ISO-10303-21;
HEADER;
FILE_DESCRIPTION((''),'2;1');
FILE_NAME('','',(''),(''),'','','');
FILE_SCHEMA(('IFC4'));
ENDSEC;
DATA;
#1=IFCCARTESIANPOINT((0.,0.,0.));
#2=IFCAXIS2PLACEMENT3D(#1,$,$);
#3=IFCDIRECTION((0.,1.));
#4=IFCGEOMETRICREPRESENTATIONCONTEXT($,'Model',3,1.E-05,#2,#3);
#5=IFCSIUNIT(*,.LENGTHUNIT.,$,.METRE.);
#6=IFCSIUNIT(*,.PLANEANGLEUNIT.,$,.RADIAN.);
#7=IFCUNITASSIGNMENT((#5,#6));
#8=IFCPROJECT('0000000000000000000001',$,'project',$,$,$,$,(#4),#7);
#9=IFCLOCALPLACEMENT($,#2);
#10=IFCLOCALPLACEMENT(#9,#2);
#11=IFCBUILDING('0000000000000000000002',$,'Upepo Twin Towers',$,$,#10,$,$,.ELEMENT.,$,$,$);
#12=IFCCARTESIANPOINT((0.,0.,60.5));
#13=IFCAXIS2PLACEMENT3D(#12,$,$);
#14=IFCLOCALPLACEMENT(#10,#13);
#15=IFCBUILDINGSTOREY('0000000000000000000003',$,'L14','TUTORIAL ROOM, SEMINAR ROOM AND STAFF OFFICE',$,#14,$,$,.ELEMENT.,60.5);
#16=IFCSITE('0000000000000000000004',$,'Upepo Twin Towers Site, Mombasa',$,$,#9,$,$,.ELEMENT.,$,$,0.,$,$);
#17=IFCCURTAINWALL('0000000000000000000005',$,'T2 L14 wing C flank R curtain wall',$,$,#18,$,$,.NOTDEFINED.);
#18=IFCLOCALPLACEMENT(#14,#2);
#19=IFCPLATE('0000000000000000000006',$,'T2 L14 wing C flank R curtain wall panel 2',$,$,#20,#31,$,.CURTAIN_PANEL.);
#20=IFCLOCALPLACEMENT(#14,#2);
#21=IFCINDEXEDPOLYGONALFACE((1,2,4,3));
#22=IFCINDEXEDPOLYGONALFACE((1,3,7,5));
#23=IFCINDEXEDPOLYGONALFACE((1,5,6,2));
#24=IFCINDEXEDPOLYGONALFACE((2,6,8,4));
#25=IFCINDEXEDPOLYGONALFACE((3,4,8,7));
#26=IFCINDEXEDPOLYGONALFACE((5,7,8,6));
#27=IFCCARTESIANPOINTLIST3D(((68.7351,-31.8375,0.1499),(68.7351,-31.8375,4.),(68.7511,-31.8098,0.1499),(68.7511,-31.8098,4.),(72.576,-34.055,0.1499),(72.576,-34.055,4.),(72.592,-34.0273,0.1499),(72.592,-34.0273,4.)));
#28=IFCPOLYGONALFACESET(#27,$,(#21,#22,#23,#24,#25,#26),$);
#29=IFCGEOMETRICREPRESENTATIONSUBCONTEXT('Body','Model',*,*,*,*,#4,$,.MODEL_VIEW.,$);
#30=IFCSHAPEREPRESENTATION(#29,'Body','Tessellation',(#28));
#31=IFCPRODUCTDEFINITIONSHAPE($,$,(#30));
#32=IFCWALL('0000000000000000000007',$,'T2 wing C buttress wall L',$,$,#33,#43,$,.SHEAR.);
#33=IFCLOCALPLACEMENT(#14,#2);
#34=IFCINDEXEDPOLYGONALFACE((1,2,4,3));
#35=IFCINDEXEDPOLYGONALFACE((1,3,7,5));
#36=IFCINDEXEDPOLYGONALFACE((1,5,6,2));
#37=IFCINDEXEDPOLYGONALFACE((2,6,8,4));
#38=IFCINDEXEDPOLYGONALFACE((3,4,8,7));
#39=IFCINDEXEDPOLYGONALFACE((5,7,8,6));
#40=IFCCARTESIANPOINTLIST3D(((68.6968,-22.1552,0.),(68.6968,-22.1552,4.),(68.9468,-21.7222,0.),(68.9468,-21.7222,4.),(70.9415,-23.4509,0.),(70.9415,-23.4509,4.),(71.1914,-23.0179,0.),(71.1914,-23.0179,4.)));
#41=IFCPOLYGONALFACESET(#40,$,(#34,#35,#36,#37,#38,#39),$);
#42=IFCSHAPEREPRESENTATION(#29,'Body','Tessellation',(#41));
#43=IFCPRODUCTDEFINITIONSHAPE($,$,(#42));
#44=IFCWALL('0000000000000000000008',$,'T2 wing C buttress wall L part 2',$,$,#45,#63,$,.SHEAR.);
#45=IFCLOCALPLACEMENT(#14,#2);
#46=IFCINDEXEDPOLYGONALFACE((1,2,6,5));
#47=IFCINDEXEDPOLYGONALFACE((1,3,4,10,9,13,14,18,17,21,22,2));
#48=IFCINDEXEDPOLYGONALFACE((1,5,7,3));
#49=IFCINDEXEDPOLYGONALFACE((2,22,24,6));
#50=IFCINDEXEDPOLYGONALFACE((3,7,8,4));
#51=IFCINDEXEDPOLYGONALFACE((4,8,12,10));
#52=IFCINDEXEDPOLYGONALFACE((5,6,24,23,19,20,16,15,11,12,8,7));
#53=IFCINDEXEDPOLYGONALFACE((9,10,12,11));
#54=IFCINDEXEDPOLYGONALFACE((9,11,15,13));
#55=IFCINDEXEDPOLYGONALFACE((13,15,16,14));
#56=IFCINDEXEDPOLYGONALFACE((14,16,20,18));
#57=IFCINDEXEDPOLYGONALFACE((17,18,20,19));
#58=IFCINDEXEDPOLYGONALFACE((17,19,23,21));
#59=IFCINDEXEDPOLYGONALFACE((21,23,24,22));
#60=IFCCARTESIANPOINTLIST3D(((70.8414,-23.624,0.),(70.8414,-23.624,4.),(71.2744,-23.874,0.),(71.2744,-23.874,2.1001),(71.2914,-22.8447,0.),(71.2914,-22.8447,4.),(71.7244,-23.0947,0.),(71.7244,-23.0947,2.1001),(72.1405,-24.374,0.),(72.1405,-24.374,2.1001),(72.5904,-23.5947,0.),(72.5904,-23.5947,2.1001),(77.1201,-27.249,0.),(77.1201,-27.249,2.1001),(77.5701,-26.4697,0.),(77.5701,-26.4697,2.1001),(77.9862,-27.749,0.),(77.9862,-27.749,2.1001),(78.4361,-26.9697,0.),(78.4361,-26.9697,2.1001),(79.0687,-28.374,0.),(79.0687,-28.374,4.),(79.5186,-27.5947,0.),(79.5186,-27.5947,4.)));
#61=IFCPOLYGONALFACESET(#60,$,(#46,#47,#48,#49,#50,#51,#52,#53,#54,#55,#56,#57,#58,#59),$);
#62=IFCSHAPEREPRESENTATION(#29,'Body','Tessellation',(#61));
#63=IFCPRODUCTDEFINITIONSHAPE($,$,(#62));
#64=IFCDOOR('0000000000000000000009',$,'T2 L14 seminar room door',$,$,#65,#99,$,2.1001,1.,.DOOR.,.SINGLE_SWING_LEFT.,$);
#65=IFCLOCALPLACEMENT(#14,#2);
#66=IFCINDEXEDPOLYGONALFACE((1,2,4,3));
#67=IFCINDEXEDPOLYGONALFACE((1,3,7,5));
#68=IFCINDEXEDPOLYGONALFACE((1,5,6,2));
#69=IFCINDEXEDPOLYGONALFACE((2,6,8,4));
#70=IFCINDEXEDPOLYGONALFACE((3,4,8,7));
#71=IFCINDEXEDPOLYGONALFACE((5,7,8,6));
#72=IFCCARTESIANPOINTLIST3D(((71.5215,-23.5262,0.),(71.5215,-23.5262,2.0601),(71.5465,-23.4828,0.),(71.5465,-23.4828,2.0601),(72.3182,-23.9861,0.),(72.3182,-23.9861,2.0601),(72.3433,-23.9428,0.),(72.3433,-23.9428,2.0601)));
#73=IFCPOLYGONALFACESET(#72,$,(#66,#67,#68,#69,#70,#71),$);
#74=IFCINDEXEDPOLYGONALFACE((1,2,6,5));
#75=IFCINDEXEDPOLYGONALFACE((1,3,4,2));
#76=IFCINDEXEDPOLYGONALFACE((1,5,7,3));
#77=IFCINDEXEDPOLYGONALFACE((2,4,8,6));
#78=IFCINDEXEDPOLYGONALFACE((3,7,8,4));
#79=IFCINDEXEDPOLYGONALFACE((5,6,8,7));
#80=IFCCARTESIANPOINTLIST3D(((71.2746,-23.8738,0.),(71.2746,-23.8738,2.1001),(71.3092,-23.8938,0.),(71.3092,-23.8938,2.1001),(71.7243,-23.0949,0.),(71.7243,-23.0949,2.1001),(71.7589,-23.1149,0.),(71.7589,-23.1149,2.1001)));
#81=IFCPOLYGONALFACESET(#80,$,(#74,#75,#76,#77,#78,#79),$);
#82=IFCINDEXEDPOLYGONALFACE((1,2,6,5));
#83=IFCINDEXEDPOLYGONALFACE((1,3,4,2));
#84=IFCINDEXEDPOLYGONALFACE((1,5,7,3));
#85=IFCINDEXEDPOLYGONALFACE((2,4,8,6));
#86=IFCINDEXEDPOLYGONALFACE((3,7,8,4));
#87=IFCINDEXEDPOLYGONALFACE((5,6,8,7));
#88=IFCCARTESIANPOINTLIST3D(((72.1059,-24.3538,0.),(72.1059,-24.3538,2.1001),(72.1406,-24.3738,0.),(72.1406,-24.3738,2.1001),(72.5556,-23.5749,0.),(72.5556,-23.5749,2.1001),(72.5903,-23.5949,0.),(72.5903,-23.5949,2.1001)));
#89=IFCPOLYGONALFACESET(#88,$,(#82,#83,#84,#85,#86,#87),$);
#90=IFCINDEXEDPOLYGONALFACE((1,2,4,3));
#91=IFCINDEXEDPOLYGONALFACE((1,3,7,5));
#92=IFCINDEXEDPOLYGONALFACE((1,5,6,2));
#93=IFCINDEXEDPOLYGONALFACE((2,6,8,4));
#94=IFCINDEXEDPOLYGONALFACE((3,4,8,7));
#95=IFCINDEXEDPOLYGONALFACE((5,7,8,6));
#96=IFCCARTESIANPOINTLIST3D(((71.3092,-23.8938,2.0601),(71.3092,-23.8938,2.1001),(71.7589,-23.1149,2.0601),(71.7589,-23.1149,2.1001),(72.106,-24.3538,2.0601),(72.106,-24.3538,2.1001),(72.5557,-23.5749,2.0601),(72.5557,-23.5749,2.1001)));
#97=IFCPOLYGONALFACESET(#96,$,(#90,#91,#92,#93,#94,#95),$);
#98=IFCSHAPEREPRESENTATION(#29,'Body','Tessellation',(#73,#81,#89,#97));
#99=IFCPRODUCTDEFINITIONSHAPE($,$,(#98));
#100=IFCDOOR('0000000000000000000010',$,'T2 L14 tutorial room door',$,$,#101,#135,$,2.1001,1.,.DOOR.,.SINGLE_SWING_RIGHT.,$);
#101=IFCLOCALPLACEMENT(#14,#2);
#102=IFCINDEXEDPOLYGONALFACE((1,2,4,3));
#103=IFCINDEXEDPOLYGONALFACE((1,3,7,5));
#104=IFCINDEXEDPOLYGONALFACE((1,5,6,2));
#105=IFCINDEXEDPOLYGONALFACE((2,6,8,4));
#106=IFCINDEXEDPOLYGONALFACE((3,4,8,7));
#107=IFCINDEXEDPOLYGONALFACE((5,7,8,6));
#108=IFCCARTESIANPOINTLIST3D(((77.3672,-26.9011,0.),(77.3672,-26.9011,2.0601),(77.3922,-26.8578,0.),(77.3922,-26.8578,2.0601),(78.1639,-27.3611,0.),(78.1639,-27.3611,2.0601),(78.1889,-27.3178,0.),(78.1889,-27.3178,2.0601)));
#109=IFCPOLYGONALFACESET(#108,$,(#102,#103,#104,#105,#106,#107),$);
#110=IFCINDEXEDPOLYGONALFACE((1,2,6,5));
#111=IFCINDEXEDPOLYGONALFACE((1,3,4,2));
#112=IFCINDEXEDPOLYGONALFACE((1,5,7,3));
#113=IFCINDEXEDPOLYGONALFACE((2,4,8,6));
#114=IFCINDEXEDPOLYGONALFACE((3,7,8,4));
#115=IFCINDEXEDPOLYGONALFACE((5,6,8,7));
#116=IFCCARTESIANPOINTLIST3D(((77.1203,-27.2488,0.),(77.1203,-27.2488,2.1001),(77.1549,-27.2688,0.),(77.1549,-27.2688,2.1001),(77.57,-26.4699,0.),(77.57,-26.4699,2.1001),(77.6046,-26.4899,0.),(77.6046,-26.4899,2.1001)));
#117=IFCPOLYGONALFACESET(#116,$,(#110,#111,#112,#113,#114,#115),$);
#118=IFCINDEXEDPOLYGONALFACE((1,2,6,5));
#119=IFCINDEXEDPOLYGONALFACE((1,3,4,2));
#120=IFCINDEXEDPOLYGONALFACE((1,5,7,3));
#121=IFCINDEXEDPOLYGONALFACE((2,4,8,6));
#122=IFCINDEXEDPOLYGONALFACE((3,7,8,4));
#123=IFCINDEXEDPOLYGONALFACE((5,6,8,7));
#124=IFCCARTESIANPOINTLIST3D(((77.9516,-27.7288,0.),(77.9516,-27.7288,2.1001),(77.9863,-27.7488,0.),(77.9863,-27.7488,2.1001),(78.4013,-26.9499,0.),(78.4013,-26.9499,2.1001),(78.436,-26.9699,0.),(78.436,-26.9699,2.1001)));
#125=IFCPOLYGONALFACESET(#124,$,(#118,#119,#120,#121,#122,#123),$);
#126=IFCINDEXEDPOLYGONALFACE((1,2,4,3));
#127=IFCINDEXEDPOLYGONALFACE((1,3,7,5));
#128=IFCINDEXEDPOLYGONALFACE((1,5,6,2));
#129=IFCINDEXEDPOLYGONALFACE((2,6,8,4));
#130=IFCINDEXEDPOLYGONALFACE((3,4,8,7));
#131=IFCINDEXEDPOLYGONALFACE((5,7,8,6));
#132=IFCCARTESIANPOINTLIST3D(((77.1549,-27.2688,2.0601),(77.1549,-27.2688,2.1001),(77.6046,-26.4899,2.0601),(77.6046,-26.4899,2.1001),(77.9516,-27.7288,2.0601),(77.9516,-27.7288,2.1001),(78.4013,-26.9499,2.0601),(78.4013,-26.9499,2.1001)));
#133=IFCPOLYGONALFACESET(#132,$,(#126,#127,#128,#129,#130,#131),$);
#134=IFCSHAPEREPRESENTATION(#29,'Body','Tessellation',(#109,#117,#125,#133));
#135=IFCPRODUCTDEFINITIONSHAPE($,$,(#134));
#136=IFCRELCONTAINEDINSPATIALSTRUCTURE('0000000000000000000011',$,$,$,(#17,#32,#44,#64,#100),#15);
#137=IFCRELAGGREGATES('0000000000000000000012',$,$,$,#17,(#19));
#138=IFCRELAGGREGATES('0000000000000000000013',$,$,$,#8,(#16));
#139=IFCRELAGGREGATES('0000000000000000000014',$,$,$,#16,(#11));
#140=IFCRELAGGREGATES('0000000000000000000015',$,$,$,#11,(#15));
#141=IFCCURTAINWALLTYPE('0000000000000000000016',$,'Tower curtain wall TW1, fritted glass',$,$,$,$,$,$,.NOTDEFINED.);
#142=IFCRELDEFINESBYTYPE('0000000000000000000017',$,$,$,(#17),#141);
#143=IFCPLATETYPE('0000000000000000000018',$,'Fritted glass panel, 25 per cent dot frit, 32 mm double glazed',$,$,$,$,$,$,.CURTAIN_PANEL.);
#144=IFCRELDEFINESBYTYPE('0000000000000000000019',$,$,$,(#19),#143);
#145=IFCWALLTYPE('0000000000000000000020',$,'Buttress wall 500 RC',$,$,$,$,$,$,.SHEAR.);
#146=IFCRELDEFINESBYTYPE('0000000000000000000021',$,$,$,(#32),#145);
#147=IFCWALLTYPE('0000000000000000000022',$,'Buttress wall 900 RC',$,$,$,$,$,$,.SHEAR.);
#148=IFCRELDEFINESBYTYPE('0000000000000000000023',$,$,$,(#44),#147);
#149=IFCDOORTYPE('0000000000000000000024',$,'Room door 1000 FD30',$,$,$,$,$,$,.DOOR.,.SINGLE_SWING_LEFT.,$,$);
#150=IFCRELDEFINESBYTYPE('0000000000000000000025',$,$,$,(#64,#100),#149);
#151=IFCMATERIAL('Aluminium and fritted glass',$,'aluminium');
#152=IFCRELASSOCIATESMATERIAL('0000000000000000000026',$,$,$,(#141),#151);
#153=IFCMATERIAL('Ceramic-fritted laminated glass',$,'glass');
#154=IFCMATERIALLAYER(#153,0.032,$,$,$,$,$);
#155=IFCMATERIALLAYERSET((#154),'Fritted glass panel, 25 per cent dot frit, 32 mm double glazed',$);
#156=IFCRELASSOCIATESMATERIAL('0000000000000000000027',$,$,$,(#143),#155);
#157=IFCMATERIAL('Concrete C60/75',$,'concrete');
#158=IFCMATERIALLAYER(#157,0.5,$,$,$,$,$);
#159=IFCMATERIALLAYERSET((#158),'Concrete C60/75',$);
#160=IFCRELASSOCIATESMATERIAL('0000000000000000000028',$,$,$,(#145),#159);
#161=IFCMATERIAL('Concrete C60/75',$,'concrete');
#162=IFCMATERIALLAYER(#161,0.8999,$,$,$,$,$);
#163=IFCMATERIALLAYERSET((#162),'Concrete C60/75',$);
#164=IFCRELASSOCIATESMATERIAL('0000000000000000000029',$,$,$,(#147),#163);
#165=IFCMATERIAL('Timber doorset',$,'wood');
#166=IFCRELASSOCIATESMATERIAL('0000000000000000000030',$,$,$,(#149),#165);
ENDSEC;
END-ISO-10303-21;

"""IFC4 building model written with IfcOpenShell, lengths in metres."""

from ifc_helpers import new_model, si_unit, direction, frame, frame_2d, origin, origin_2d, place, context, subcontext, project, spatial, rectangle, extrude, material, layer, layer_set, type_object, element, fill, aggregate, save


model = new_model("IFC4")

# Units and contexts
model_context = context("Model", 3, precision=1e-05, world=origin(), true_north=direction((0.0, 1.0)))
body_context = subcontext(model_context, "Body", "Model", "MODEL_VIEW")
ifc_project = project(units=[si_unit("LENGTHUNIT", "METRE"), si_unit("PLANEANGLEUNIT", "RADIAN")], contexts=[model_context])

# Site, building, storey
site_placement = place(None, origin())
site = spatial("IfcSite", under=ifc_project, at=site_placement, Name="Upepo Twin Towers Site, Mombasa", CompositionType="ELEMENT", RefElevation=0.0)
building_placement = place(site_placement, origin())
building = spatial("IfcBuilding", under=site, at=building_placement, Name="Upepo Twin Towers", CompositionType="ELEMENT")
storey_placement = place(building_placement, frame((0.0, 0.0, 60.5)))
storey = spatial("IfcBuildingStorey", under=building, at=storey_placement, Name="L14", Description="TUTORIAL ROOM, SEMINAR ROOM AND STAFF OFFICE", CompositionType="ELEMENT", Elevation=60.5)

# Curtain wall, plate
ifc_material_1 = material(Name="Aluminium and fritted glass", Category="aluminium")
curtain_wall_type = type_object("IfcCurtainWallType", Name="Tower curtain wall TW1, fritted glass", PredefinedType="NOTDEFINED", material=ifc_material_1)
curtain_wall_placement = place(storey_placement, origin())
curtain_wall = element("IfcCurtainWall", 1, at=curtain_wall_placement, inside=storey, type_object=curtain_wall_type, Name="T2 L14 wing C flank R curtain wall", PredefinedType="NOTDEFINED")
ifc_material_2 = material(Name="Ceramic-fritted laminated glass", Category="glass")
ifc_layer_1 = layer(ifc_material_2, 0.032)
ifc_layer_set_1 = layer_set([ifc_layer_1], Name="Fritted glass panel, 25 per cent dot frit, 32 mm double glazed")
plate_type = type_object("IfcPlateType", Name="Fritted glass panel, 25 per cent dot frit, 32 mm double glazed", PredefinedType="CURTAIN_PANEL", material=ifc_layer_set_1)
plate_1_placement = place(storey_placement, frame((70.6636, -32.9324, 0.1499), z_axis=(0.0, 0.0, 1.0), x_axis=(-0.866025, 0.5, 0.0)))
plate_1 = element("IfcPlate", 2, at=plate_1_placement, type_object=plate_type, Name="T2 L14 wing C flank R curtain wall panel 2", PredefinedType="CURTAIN_PANEL", context=body_context, shape_type="SweptSolid", body=[
    extrude(rectangle(XDim=4.4351, YDim=0.032, at=origin_2d()), origin(), (0.0, 0.0, 1.0), 3.8501),
])
aggregate(curtain_wall, [plate_1])

# Wall
ifc_material_3 = material(Name="Concrete C60/75", Category="concrete")
ifc_layer_2 = layer(ifc_material_3, 0.5)
ifc_layer_set_2 = layer_set([ifc_layer_2], Name="Concrete C60/75")
wall_type_1 = type_object("IfcWallType", Name="Buttress wall 500 RC", PredefinedType="SHEAR", material=ifc_layer_set_2)
wall_1_placement = place(storey_placement, frame((68.8218, -21.9387, 0.0), z_axis=(0.0, 0.0, 1.0), x_axis=(0.866073, -0.499918, 0.0)))
element("IfcWall", 3, at=wall_1_placement, inside=storey, type_object=wall_type_1, Name="T2 wing C buttress wall L", PredefinedType="SHEAR", context=body_context, shape_type="SweptSolid", body=[
    extrude(rectangle(XDim=2.5918, YDim=0.5, at=frame_2d((1.2959, 0.0))), origin(), (0.0, 0.0, 1.0), 4.0),
])

# Wall, openings, doors
ifc_material_4 = material(Name="Concrete C60/75", Category="concrete")
ifc_layer_3 = layer(ifc_material_4, 0.8999)
ifc_layer_set_3 = layer_set([ifc_layer_3], Name="Concrete C60/75")
wall_type_2 = type_object("IfcWallType", Name="Buttress wall 900 RC", PredefinedType="SHEAR", material=ifc_layer_set_3)
wall_2_placement = place(storey_placement, frame((71.0664, -23.2344, 0.0), z_axis=(0.0, 0.0, 1.0), x_axis=(0.866027, -0.499998, 0.0)))
wall_2 = element("IfcWall", 4, at=wall_2_placement, inside=storey, type_object=wall_type_2, Name="T2 wing C buttress wall L part 2", PredefinedType="SHEAR", context=body_context, shape_type="SweptSolid", body=[
    extrude(rectangle(XDim=9.5, YDim=0.8999, at=frame_2d((4.75, 0.0))), origin(), (0.0, 0.0, 1.0), 4.0),
])
opening_1_placement = place(wall_2_placement, frame((0.5, 0.0, 0.0)))
opening_1 = element("IfcOpeningElement", 5, at=opening_1_placement, cuts=wall_2, PredefinedType="OPENING", context=body_context, shape_type="SweptSolid", body=[
    extrude(rectangle(XDim=1.0, YDim=2.1001, at=frame_2d((0.5, 1.05))), frame((0.0, 0.46, 0.0), z_axis=(0.0, -1.0, 0.0), x_axis=(1.0, 0.0, 0.0)), (0.0, 0.0, 1.0), 0.9199),
])
opening_2_placement = place(wall_2_placement, frame((7.25, 0.0, 0.0)))
opening_2 = element("IfcOpeningElement", 6, at=opening_2_placement, cuts=wall_2, PredefinedType="OPENING", context=body_context, shape_type="SweptSolid", body=[
    extrude(rectangle(XDim=1.0, YDim=2.1001, at=frame_2d((0.5, 1.05))), frame((0.0, 0.46, 0.0), z_axis=(0.0, -1.0, 0.0), x_axis=(1.0, 0.0, 0.0)), (0.0, 0.0, 1.0), 0.9199),
])
ifc_material_5 = material(Name="Timber doorset", Category="wood")
door_type = type_object("IfcDoorType", Name="Room door 1000 FD30", OperationType="SINGLE_SWING_LEFT", PredefinedType="DOOR", material=ifc_material_5)
door_1_placement = place(opening_1_placement, origin())
door_1 = element("IfcDoor", 7, at=door_1_placement, inside=storey, type_object=door_type, Name="T2 L14 seminar room door", OperationType="SINGLE_SWING_LEFT", OverallHeight=2.1001, OverallWidth=1.0, PredefinedType="DOOR", context=body_context, shape_type="SweptSolid", body=[
    extrude(rectangle(XDim=0.92, YDim=2.0601, at=frame_2d((0.5, 1.03))), frame((0.0, 0.0249, 0.0), z_axis=(0.0, -1.0, 0.0), x_axis=(1.0, 0.0, 0.0)), (0.0, 0.0, 1.0), 0.05),
    extrude(rectangle(XDim=0.04, YDim=2.1001, at=frame_2d((0.02, 1.05))), frame((0.0, 0.4497, 0.0), z_axis=(0.0, -1.0, 0.0), x_axis=(1.0, 0.0, 0.0)), (0.0, 0.0, 1.0), 0.8994),
    extrude(rectangle(XDim=0.04, YDim=2.1001, at=frame_2d((0.98, 1.05))), frame((0.0, 0.4497, 0.0), z_axis=(0.0, -1.0, 0.0), x_axis=(1.0, 0.0, 0.0)), (0.0, 0.0, 1.0), 0.8994),
    extrude(rectangle(XDim=0.92, YDim=0.04, at=frame_2d((0.5, 2.0801))), frame((0.0, 0.4497, 0.0), z_axis=(0.0, -1.0, 0.0), x_axis=(1.0, 0.0, 0.0)), (0.0, 0.0, 1.0), 0.8994),
])
fill(opening_1, door_1)
door_2_placement = place(opening_2_placement, origin())
door_2 = element("IfcDoor", 8, at=door_2_placement, inside=storey, type_object=door_type, Name="T2 L14 tutorial room door", OperationType="SINGLE_SWING_RIGHT", OverallHeight=2.1001, OverallWidth=1.0, PredefinedType="DOOR", context=body_context, shape_type="SweptSolid", body=[
    extrude(rectangle(XDim=0.92, YDim=2.0601, at=frame_2d((0.5, 1.03))), frame((0.0, 0.0249, 0.0), z_axis=(0.0, -1.0, 0.0), x_axis=(1.0, 0.0, 0.0)), (0.0, 0.0, 1.0), 0.05),
    extrude(rectangle(XDim=0.04, YDim=2.1001, at=frame_2d((0.02, 1.05))), frame((0.0, 0.4497, 0.0), z_axis=(0.0, -1.0, 0.0), x_axis=(1.0, 0.0, 0.0)), (0.0, 0.0, 1.0), 0.8994),
    extrude(rectangle(XDim=0.04, YDim=2.1001, at=frame_2d((0.98, 1.05))), frame((0.0, 0.4497, 0.0), z_axis=(0.0, -1.0, 0.0), x_axis=(1.0, 0.0, 0.0)), (0.0, 0.0, 1.0), 0.8994),
    extrude(rectangle(XDim=0.92, YDim=0.04, at=frame_2d((0.5, 2.0801))), frame((0.0, 0.4497, 0.0), z_axis=(0.0, -1.0, 0.0), x_axis=(1.0, 0.0, 0.0)), (0.0, 0.0, 1.0), 0.8994),
])
fill(opening_2, door_2)

save(model, "model.ifc")
